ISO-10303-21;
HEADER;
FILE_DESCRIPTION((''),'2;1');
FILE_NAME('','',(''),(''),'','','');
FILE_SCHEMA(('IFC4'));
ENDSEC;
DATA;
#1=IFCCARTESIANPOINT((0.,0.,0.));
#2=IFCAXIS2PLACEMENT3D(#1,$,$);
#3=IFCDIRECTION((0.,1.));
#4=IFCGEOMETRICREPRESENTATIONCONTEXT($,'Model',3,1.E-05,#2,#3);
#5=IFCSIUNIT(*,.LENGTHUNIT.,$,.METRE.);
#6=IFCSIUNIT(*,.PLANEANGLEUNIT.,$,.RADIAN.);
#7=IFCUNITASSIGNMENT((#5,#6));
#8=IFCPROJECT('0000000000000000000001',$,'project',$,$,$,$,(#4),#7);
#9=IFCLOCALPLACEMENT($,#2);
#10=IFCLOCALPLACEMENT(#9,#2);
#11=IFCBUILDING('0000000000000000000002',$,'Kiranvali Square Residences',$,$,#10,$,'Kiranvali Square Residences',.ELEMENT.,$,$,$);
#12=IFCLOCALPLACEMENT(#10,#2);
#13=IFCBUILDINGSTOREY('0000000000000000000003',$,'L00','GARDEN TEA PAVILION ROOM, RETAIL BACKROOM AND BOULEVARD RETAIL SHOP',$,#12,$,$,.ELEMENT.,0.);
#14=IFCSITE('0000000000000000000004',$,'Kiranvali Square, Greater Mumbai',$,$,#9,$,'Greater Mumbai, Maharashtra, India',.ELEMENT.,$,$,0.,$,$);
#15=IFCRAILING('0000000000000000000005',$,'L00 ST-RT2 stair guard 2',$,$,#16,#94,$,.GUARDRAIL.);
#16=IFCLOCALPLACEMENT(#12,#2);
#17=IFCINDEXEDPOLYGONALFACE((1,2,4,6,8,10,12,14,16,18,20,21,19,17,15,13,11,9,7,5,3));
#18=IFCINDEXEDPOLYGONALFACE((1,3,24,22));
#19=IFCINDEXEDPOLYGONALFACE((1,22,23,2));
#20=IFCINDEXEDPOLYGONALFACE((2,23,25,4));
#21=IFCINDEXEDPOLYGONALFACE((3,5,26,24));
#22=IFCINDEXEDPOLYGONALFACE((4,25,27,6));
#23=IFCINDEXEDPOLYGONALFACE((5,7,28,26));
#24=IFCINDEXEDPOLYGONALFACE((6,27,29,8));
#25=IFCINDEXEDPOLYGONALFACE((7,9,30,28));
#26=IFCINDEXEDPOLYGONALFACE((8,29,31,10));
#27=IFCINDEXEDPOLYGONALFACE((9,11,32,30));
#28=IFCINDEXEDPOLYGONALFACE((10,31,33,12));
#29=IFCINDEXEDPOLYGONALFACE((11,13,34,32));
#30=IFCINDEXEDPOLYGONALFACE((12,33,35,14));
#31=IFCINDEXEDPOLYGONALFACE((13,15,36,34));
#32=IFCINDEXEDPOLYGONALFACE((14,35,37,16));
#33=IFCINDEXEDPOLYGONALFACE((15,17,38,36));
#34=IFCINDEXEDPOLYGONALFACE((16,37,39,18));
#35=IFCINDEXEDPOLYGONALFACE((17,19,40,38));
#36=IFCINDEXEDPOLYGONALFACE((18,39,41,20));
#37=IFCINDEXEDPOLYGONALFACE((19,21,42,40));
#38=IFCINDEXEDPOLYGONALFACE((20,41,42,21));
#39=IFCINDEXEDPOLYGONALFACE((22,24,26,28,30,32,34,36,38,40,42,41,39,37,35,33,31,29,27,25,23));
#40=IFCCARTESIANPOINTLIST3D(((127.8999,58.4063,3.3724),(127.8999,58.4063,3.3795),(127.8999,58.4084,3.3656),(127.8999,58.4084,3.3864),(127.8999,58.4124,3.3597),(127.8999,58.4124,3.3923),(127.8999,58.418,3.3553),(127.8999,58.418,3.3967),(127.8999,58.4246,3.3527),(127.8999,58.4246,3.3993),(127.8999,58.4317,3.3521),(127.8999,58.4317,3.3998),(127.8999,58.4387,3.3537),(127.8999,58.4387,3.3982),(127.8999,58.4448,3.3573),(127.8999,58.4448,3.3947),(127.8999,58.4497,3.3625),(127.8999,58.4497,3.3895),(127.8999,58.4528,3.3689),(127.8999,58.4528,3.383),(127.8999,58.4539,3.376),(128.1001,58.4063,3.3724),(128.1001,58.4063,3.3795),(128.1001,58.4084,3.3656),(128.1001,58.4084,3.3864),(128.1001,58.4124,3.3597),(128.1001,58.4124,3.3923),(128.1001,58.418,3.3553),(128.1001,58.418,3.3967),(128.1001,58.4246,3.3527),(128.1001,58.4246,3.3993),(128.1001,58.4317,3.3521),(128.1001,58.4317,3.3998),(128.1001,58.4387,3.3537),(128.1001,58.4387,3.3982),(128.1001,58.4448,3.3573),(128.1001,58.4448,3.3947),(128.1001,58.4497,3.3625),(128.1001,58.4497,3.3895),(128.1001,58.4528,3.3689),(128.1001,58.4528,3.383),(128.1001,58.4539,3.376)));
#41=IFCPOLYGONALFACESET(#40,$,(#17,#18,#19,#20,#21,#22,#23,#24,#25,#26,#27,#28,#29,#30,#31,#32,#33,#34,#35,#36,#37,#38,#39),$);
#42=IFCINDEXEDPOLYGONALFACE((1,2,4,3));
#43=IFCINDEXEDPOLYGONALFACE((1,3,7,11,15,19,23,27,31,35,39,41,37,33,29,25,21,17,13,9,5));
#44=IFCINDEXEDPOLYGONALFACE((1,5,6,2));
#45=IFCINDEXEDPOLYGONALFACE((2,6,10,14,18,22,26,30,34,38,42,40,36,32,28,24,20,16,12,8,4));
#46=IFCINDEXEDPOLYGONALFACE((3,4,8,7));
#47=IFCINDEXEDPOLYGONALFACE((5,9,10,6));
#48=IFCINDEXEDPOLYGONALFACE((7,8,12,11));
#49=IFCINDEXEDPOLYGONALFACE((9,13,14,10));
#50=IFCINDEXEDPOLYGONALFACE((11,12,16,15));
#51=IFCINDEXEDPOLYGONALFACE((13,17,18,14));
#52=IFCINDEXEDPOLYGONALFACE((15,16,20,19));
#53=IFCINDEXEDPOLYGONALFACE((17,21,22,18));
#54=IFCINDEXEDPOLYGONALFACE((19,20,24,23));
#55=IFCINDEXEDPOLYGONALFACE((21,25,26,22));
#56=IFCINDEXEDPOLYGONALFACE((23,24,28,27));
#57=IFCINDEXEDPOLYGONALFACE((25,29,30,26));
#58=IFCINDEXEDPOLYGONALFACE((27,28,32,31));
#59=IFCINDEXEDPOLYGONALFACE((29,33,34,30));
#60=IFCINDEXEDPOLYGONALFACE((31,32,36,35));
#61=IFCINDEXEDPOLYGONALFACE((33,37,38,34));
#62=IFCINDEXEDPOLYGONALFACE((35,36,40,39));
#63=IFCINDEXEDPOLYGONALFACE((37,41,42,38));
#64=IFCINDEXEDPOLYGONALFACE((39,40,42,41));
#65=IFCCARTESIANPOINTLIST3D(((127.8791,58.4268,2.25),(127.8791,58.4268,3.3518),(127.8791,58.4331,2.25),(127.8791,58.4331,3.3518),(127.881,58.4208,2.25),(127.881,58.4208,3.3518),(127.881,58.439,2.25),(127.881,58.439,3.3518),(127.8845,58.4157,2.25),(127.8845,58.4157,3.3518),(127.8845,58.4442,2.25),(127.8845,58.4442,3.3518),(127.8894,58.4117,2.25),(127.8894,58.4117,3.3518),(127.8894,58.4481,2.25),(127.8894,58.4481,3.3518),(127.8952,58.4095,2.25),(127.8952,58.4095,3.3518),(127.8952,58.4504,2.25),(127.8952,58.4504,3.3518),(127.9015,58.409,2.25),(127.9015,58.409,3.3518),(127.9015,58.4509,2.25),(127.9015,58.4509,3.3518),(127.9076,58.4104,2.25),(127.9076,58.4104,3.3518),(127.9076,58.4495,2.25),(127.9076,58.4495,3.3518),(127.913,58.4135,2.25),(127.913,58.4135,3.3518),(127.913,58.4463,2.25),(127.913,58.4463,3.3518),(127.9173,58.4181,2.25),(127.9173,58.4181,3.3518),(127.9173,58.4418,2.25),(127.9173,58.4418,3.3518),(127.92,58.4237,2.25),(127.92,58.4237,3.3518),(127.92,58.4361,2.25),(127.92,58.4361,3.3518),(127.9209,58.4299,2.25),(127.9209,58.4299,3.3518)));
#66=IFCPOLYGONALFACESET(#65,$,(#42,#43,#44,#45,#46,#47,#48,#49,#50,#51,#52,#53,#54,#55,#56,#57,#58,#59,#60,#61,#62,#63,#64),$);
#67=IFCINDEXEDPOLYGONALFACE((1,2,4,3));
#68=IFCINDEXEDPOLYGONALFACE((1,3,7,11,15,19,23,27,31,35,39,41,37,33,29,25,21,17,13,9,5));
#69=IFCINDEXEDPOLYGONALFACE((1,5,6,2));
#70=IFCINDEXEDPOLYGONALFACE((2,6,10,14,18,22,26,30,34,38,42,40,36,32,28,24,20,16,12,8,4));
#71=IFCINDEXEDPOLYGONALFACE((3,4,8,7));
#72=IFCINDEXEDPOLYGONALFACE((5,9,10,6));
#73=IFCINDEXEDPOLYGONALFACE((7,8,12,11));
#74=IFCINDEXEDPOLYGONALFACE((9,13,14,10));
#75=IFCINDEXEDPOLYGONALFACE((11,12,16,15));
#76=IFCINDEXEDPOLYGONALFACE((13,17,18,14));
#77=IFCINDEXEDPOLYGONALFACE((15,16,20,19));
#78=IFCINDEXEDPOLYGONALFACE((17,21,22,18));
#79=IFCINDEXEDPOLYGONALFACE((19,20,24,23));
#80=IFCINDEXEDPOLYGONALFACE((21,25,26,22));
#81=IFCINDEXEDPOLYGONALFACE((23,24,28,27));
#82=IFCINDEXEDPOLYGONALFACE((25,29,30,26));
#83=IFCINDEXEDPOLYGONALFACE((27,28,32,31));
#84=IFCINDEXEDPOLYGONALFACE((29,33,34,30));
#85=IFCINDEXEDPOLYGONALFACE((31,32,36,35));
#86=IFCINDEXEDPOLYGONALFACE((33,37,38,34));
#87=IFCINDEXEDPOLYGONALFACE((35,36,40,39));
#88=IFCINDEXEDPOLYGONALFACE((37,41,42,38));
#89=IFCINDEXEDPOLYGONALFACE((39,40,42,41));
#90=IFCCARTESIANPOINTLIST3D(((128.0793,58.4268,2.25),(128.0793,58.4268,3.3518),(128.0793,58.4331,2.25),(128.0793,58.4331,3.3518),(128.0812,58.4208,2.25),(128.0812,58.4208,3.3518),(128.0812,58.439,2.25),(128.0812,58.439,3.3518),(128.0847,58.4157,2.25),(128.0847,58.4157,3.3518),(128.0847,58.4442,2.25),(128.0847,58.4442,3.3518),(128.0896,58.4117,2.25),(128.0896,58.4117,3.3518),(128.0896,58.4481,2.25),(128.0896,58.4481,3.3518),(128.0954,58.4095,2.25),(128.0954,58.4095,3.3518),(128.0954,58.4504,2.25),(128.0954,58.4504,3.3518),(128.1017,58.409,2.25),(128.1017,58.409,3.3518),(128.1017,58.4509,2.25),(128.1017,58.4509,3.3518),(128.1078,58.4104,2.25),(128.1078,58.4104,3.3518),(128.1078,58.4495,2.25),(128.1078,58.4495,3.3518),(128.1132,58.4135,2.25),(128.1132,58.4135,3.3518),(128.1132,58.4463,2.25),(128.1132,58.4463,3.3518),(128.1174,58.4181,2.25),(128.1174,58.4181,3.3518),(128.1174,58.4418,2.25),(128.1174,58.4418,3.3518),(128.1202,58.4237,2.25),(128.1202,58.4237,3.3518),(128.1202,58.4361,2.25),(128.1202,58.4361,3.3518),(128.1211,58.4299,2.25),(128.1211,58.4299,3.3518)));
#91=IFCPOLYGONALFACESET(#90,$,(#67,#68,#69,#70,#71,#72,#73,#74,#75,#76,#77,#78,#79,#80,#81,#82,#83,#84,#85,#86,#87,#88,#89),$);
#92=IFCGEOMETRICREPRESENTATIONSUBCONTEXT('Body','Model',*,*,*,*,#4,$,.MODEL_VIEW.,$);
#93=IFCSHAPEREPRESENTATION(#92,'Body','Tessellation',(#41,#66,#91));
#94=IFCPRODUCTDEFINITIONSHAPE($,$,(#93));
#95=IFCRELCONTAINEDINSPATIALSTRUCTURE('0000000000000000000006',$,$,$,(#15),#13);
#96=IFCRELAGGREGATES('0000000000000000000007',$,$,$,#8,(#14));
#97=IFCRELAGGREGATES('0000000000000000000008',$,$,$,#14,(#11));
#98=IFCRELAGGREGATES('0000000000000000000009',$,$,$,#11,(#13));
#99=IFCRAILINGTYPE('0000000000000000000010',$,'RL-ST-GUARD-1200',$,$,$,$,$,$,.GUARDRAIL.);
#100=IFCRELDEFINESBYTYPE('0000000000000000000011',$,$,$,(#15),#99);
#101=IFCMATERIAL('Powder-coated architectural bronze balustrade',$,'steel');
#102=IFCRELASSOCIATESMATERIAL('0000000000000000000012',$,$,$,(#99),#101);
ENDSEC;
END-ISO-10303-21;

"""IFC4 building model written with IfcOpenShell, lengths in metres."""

from ifc_helpers import new_model, si_unit, direction, frame, origin, origin_2d, place, context, subcontext, project, spatial, circle, extrude, material, type_object, element, save


model = new_model("IFC4")

# Units and contexts
model_context = context("Model", 3, precision=1e-05, world=origin(), true_north=direction((0.0, 1.0)))
body_context = subcontext(model_context, "Body", "Model", "MODEL_VIEW")
ifc_project = project(units=[si_unit("LENGTHUNIT", "METRE"), si_unit("PLANEANGLEUNIT", "RADIAN")], contexts=[model_context])

# Site, building, storey
site_placement = place(None, origin())
site = spatial("IfcSite", under=ifc_project, at=site_placement, Name="Kiranvali Square, Greater Mumbai", LongName="Greater Mumbai, Maharashtra, India", CompositionType="ELEMENT", RefElevation=0.0)
building_placement = place(site_placement, origin())
building = spatial("IfcBuilding", under=site, at=building_placement, Name="Kiranvali Square Residences", LongName="Kiranvali Square Residences", CompositionType="ELEMENT")
storey_placement = place(building_placement, origin())
storey = spatial("IfcBuildingStorey", under=building, at=storey_placement, Name="L00", Description="GARDEN TEA PAVILION ROOM, RETAIL BACKROOM AND BOULEVARD RETAIL SHOP", CompositionType="ELEMENT", Elevation=0.0)

# Railing
ifc_material_1 = material(Name="Powder-coated architectural bronze balustrade", Category="steel")
railing_type_1 = type_object("IfcRailingType", Name="RL-ST-GUARD-1200", PredefinedType="GUARDRAIL", material=ifc_material_1)
railing_1_placement = place(storey_placement, frame((127.8999, 58.4299, 2.25)))
element("IfcRailing", 1, at=railing_1_placement, inside=storey, type_object=railing_type_1, Name="L00 ST-RT2 stair guard 2", PredefinedType="GUARDRAIL", context=body_context, shape_type="SweptSolid", body=[
    extrude(circle(Radius=0.0239, at=origin_2d()), frame((0.0, 0.0, 1.126), z_axis=(1.0, 0.0, 0.0), x_axis=(0.0, 1.0, 0.0)), (0.0, 0.0, 1.0), 0.2002),
    extrude(circle(Radius=0.021, at=origin_2d()), origin(), (0.0, 0.0, 1.0), 1.1018),
    extrude(circle(Radius=0.021, at=origin_2d()), frame((0.2002, 0.0, 0.0)), (0.0, 0.0, 1.0), 1.1018),
])

save(model, "model.ifc")
